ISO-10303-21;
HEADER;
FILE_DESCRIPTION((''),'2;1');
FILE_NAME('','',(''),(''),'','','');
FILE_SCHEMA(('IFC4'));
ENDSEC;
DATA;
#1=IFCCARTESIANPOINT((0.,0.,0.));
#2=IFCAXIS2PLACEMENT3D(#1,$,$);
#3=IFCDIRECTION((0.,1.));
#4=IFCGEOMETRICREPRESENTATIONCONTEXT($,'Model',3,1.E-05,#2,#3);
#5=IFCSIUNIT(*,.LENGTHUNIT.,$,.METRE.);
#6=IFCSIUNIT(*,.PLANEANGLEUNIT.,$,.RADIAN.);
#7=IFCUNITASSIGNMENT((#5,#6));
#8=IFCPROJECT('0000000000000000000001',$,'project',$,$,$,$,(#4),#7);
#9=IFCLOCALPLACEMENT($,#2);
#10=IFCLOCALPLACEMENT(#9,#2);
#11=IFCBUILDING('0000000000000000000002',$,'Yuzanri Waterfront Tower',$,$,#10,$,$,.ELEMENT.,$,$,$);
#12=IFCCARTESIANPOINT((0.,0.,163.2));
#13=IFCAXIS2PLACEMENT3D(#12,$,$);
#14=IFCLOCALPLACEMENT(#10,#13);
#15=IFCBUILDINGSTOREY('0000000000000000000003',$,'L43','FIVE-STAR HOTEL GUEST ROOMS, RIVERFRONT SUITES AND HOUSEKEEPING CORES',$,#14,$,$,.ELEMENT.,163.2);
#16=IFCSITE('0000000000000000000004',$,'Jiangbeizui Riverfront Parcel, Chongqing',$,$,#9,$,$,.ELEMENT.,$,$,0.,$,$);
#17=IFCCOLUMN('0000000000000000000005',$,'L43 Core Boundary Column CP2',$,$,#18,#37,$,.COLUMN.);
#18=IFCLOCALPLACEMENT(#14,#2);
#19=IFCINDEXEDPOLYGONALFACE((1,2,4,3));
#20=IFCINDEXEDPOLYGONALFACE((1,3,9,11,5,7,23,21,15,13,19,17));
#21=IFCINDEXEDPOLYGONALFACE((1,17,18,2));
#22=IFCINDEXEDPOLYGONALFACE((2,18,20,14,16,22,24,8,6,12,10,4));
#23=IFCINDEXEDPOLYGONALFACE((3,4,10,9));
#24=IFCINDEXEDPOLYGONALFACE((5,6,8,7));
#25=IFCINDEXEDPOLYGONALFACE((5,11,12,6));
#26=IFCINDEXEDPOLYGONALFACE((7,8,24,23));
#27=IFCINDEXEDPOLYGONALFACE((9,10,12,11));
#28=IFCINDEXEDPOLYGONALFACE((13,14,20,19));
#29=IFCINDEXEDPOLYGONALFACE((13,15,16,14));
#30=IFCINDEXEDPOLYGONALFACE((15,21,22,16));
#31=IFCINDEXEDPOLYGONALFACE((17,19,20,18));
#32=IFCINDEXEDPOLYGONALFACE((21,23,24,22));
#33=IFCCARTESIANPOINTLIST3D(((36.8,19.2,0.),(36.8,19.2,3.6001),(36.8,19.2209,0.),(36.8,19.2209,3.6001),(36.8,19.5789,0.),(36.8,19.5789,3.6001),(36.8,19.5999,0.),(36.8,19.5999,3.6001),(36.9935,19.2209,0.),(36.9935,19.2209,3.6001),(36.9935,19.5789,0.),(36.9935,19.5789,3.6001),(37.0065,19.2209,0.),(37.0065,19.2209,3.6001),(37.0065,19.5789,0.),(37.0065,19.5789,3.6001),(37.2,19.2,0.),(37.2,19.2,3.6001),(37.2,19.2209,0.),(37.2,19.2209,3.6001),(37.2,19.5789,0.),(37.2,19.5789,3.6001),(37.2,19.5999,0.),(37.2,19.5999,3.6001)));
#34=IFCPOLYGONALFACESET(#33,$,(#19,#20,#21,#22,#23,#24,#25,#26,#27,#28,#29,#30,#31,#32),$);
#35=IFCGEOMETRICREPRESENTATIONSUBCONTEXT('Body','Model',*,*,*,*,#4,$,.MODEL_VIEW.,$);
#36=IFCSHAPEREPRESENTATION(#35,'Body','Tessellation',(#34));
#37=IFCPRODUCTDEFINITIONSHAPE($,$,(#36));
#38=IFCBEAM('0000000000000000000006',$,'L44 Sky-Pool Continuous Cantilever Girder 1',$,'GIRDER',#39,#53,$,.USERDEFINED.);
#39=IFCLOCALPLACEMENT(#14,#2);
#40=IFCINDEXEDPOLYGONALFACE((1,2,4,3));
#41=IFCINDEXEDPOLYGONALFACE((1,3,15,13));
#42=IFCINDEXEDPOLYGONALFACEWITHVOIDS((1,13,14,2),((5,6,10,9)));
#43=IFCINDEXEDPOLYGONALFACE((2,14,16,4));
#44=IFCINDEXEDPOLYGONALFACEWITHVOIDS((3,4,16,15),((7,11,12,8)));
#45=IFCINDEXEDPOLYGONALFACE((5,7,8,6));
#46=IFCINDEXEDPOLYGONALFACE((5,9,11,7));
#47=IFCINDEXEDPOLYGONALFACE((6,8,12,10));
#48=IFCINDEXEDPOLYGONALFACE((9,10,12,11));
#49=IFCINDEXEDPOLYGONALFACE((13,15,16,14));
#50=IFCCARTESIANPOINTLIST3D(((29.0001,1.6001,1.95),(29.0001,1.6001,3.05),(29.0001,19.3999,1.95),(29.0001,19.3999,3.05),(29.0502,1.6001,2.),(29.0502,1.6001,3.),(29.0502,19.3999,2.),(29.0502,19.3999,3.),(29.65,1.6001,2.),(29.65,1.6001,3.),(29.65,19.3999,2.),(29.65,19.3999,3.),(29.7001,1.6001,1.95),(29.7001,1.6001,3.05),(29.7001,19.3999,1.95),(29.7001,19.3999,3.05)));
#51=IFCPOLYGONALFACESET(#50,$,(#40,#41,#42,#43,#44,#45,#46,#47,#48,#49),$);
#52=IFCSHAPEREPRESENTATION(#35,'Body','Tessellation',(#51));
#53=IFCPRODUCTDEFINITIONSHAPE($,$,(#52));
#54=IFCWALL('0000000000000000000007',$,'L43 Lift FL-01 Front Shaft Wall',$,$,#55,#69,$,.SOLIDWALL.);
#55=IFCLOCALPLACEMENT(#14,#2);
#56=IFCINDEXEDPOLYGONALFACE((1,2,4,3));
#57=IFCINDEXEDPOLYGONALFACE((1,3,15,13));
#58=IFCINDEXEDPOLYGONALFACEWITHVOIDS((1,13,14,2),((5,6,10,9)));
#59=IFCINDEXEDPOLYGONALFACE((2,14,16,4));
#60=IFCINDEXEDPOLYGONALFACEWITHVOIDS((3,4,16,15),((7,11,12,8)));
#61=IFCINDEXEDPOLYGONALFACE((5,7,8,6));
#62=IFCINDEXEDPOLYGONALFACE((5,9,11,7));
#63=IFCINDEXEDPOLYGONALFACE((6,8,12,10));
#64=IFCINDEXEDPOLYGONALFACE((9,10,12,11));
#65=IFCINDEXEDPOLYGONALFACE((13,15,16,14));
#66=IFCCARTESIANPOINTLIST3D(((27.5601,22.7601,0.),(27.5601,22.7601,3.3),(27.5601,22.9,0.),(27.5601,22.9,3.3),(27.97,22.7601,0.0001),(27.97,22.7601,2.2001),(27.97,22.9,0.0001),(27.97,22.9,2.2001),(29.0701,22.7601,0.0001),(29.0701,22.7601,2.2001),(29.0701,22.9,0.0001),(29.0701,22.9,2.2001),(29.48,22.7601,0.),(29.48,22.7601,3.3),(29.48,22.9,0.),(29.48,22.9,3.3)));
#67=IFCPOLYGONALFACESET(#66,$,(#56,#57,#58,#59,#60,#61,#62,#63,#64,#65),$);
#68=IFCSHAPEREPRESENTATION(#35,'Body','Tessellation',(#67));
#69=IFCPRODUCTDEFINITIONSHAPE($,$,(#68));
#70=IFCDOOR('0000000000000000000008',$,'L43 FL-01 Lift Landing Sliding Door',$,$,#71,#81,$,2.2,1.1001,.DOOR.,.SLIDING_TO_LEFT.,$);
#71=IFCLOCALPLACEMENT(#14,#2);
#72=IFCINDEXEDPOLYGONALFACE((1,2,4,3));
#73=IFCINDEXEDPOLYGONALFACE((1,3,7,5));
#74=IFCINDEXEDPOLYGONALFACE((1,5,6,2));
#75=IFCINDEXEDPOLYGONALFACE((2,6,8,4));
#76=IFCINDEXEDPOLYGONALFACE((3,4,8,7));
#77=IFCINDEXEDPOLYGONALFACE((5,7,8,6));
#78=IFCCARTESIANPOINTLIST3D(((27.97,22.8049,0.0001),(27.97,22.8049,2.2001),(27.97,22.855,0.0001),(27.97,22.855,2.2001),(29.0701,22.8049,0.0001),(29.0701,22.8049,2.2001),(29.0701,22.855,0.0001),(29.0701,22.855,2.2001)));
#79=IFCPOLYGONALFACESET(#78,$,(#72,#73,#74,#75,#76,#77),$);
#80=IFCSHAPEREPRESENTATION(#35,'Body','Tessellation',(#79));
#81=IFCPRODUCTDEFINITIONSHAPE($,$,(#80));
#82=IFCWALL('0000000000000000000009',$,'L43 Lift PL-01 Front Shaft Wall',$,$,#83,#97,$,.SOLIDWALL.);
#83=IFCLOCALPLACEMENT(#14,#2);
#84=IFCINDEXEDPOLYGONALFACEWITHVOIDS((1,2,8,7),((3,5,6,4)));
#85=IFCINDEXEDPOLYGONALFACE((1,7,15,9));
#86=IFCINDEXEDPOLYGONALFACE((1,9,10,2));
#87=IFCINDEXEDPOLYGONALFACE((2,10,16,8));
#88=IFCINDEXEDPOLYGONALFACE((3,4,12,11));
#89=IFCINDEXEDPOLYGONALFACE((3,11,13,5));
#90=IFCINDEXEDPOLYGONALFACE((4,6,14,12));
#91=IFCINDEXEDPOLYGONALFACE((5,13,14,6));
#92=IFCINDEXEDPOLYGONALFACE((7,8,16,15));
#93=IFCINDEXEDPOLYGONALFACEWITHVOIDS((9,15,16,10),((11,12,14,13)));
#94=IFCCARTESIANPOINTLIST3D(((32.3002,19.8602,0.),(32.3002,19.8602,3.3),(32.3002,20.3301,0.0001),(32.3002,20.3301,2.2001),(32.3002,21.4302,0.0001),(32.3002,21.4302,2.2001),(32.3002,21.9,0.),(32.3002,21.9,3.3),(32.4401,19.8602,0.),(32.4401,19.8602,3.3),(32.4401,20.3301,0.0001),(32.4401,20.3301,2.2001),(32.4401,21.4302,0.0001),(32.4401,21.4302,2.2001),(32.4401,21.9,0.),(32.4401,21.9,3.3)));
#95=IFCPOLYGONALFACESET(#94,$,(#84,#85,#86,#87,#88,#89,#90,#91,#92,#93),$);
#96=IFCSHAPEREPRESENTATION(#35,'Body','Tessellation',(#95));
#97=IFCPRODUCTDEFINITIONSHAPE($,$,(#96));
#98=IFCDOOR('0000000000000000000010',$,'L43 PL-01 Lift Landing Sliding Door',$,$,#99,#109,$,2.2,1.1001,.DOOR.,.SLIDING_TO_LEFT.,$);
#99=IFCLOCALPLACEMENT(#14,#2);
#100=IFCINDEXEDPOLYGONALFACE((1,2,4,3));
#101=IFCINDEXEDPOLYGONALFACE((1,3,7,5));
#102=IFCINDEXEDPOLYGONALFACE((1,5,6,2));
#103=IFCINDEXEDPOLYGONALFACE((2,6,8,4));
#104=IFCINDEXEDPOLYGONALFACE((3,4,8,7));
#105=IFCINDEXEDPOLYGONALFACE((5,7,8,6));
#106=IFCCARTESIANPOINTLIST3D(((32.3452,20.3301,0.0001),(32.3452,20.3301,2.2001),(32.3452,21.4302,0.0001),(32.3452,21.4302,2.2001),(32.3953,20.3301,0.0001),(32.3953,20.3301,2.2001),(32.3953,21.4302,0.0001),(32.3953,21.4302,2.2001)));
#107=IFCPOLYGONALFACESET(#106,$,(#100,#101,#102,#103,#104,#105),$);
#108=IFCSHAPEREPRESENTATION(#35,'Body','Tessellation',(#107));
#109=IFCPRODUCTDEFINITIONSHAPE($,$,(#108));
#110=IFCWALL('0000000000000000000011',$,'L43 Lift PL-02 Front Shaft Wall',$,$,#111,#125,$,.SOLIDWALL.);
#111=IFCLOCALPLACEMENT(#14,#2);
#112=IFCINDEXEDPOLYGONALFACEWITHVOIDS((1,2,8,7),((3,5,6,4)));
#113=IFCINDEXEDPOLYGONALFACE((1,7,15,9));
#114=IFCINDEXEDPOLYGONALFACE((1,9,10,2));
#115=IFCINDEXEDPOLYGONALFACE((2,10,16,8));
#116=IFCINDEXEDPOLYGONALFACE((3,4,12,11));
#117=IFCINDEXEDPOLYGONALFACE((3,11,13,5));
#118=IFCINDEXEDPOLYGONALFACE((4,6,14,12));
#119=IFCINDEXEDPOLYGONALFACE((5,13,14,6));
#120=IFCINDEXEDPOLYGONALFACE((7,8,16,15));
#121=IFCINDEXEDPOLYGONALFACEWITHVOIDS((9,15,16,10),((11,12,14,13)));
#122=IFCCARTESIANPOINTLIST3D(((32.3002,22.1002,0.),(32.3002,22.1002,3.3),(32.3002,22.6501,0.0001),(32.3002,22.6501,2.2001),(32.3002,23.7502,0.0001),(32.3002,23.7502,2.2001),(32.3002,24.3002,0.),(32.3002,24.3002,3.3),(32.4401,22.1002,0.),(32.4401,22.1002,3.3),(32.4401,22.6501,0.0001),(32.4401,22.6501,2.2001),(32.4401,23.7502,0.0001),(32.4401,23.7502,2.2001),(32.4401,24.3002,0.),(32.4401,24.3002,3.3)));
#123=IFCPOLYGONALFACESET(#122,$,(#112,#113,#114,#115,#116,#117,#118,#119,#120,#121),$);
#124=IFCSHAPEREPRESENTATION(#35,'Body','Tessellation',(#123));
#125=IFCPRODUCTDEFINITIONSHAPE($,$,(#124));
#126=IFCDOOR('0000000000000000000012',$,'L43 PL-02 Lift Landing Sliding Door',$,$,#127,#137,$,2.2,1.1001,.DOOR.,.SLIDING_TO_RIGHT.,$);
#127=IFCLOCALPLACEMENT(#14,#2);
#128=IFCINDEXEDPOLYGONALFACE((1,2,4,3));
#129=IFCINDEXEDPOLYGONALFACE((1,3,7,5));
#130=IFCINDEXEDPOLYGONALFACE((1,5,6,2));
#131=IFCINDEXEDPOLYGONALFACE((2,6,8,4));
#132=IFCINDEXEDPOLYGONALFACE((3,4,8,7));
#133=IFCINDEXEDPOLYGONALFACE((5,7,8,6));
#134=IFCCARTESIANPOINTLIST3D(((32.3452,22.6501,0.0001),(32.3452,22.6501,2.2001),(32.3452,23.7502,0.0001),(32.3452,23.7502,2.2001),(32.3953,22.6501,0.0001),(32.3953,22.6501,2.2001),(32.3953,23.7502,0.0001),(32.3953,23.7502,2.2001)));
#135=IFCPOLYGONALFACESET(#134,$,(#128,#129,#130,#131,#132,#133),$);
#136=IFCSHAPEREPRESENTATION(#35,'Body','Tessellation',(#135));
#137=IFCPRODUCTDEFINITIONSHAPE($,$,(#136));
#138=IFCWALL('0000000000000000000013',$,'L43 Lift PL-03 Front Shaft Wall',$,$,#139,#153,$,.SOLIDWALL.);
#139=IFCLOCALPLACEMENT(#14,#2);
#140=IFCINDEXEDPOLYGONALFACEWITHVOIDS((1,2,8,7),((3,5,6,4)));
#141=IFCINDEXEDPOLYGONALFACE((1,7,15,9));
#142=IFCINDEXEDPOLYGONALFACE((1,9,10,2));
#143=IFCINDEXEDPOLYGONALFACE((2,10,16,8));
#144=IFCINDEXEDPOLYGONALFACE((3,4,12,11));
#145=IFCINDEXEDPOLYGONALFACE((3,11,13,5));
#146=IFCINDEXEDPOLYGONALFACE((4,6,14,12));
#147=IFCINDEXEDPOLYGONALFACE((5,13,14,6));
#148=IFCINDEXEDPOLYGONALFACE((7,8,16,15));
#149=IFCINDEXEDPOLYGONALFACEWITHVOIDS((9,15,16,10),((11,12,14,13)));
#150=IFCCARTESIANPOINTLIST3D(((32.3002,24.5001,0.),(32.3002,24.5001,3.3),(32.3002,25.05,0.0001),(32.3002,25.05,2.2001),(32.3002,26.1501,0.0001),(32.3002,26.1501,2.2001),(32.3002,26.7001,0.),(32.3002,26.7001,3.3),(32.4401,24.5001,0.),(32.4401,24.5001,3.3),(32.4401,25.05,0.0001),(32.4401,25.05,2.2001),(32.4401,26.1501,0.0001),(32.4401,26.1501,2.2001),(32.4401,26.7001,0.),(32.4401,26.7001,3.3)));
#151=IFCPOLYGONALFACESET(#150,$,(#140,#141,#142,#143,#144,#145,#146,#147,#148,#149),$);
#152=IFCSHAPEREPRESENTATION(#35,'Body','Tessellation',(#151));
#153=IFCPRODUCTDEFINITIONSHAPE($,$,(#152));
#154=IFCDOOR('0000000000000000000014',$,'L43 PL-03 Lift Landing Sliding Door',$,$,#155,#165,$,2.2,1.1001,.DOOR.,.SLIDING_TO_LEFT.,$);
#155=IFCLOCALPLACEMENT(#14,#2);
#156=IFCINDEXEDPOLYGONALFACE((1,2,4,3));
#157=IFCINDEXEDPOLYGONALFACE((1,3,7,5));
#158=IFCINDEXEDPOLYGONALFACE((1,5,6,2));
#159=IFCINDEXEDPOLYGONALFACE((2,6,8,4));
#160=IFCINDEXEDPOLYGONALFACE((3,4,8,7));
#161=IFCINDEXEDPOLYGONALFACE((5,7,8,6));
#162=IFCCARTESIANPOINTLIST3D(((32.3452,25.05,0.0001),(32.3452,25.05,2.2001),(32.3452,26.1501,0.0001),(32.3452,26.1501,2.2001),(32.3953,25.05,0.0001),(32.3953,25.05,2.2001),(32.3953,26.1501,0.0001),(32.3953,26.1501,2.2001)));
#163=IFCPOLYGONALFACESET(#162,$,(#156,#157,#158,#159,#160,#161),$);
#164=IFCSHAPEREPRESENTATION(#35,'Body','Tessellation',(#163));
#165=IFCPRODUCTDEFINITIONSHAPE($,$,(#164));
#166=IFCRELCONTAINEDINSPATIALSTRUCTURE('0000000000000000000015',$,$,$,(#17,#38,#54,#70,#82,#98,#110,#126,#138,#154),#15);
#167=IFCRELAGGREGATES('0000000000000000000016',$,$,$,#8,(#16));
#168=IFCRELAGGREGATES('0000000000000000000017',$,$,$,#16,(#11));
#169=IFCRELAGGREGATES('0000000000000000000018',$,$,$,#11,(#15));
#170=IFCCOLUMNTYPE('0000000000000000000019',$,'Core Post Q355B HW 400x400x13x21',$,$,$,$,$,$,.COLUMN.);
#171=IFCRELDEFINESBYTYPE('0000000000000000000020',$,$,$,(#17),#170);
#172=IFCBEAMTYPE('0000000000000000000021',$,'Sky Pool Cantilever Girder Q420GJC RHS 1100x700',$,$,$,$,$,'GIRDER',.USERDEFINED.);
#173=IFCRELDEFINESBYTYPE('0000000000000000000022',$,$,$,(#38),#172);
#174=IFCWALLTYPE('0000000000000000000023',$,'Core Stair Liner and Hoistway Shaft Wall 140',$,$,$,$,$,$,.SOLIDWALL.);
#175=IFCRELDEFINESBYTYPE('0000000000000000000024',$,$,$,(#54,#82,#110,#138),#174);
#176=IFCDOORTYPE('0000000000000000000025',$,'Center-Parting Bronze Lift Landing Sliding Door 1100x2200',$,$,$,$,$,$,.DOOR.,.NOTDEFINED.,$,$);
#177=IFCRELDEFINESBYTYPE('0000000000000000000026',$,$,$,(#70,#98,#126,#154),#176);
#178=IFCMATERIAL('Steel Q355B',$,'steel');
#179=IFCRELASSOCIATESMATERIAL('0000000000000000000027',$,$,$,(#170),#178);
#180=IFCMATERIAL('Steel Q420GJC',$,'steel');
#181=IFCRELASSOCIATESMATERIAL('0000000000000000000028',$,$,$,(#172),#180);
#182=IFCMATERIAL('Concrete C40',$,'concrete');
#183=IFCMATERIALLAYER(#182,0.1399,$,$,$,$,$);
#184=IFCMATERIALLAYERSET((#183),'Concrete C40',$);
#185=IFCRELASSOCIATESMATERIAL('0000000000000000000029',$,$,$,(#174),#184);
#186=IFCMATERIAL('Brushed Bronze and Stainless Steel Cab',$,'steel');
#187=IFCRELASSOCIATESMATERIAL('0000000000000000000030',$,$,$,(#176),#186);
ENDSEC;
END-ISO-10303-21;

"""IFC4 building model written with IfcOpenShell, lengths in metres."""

from ifc_helpers import new_model, si_unit, direction, frame, frame_2d, origin, origin_2d, place, context, subcontext, project, spatial, rectangle, hollow_rectangle, i_section, extrude, source, transform, mapped, material, layer, layer_set, material_profile, profile_set, type_object, element, fill, save


model = new_model("IFC4")

# Units and contexts
model_context = context("Model", 3, precision=1e-05, world=origin(), true_north=direction((0.0, 1.0)))
body_context = subcontext(model_context, "Body", "Model", "MODEL_VIEW")
ifc_project = project(units=[si_unit("LENGTHUNIT", "METRE"), si_unit("PLANEANGLEUNIT", "RADIAN")], contexts=[model_context])

# Site, building, storey
site_placement = place(None, origin())
site = spatial("IfcSite", under=ifc_project, at=site_placement, Name="Jiangbeizui Riverfront Parcel, Chongqing", CompositionType="ELEMENT", RefElevation=0.0)
building_placement = place(site_placement, origin())
building = spatial("IfcBuilding", under=site, at=building_placement, Name="Yuzanri Waterfront Tower", CompositionType="ELEMENT")
storey_placement = place(building_placement, frame((0.0, 0.0, 163.2)))
storey = spatial("IfcBuildingStorey", under=building, at=storey_placement, Name="L43", Description="FIVE-STAR HOTEL GUEST ROOMS, RIVERFRONT SUITES AND HOUSEKEEPING CORES", CompositionType="ELEMENT", Elevation=163.2)

# Column
ifc_material_1 = material(Name="Steel Q355B", Category="steel")
ifc_material_profile_1 = material_profile(ifc_material_1, i_section(OverallWidth=0.3999, OverallDepth=0.3999, WebThickness=0.0129, FlangeThickness=0.021, at=origin_2d()), Name="HW 400x400x13x21")
ifc_profile_set_1 = profile_set([ifc_material_profile_1], Name="Steel Q355B")
column_type = type_object("IfcColumnType", Name="Core Post Q355B HW 400x400x13x21", PredefinedType="COLUMN", material=ifc_profile_set_1)
shared_shape_1 = source(origin(), body_context, "Body", "SweptSolid", [
    extrude(i_section(OverallWidth=0.3999, OverallDepth=0.3999, WebThickness=0.0129, FlangeThickness=0.021, at=origin_2d()), origin(), (0.0, 0.0, 1.0), 3.6001),
])
column_placement = place(storey_placement, frame((37.0, 19.3999, 0.0), z_axis=(0.0, 0.0, 1.0), x_axis=(1.0, 0.0, 0.0)))
element("IfcColumn", 1, at=column_placement, inside=storey, type_object=column_type, Name="L43 Core Boundary Column CP2", PredefinedType="COLUMN", context=body_context, shape_type="MappedRepresentation", body=[
    mapped(shared_shape_1, transform((0.0, 0.0, 0.0), scale=1.0)),
])

# Beam
ifc_material_2 = material(Name="Steel Q420GJC", Category="steel")
ifc_material_profile_2 = material_profile(ifc_material_2, hollow_rectangle(XDim=0.7, YDim=1.1001, WallThickness=0.05, at=origin_2d()), Name="RHS 1100x700x50")
ifc_profile_set_2 = profile_set([ifc_material_profile_2], Name="Steel Q420GJC")
beam_type = type_object("IfcBeamType", Name="Sky Pool Cantilever Girder Q420GJC RHS 1100x700", ElementType="GIRDER", PredefinedType="USERDEFINED", material=ifc_profile_set_2)
shared_shape_2 = source(origin(), body_context, "Body", "SweptSolid", [
    extrude(hollow_rectangle(XDim=0.7, YDim=1.1001, WallThickness=0.05, at=origin_2d()), origin(), (0.0, 0.0, 1.0), 17.7998),
])
beam_placement = place(storey_placement, frame((29.3501, 19.3999, 2.5), z_axis=(0.0, -1.0, 0.0), x_axis=(1.0, 0.0, 0.0)))
element("IfcBeam", 2, at=beam_placement, inside=storey, type_object=beam_type, Name="L44 Sky-Pool Continuous Cantilever Girder 1", ObjectType="GIRDER", PredefinedType="USERDEFINED", context=body_context, shape_type="MappedRepresentation", body=[
    mapped(shared_shape_2, transform((0.0, 0.0, 0.0), scale=1.0)),
])

# Walls, openings, doors
ifc_material_3 = material(Name="Concrete C40", Category="concrete")
ifc_layer_1 = layer(ifc_material_3, 0.1399)
ifc_layer_set_1 = layer_set([ifc_layer_1], Name="Concrete C40")
wall_type_1 = type_object("IfcWallType", Name="Core Stair Liner and Hoistway Shaft Wall 140", PredefinedType="SOLIDWALL", material=ifc_layer_set_1)
wall_1_placement = place(storey_placement, frame((27.5601, 22.8301, 0.0), z_axis=(0.0, 0.0, 1.0), x_axis=(1.0, 0.0, 0.0)))
wall_1 = element("IfcWall", 3, at=wall_1_placement, inside=storey, type_object=wall_type_1, Name="L43 Lift FL-01 Front Shaft Wall", PredefinedType="SOLIDWALL", context=body_context, shape_type="SweptSolid", body=[
    extrude(rectangle(XDim=1.9199, YDim=0.1399, at=frame_2d((0.96, 0.0))), origin(), (0.0, 0.0, 1.0), 3.3),
])
opening_1_placement = place(wall_1_placement, frame((0.4099, 0.0, 0.0)))
opening_1 = element("IfcOpeningElement", 4, at=opening_1_placement, cuts=wall_1, PredefinedType="OPENING", context=body_context, shape_type="SweptSolid", body=[
    extrude(rectangle(XDim=1.1001, YDim=2.2, at=frame_2d((0.55, 1.1001))), frame((0.0, 0.085, 0.0), z_axis=(0.0, -1.0, 0.0), x_axis=(1.0, 0.0, 0.0)), (0.0, 0.0, 1.0), 0.1697),
])
ifc_material_4 = material(Name="Brushed Bronze and Stainless Steel Cab", Category="steel")
door_type_1 = type_object("IfcDoorType", Name="Center-Parting Bronze Lift Landing Sliding Door 1100x2200", OperationType="NOTDEFINED", PredefinedType="DOOR", material=ifc_material_4)
shared_shape_3 = source(origin(), body_context, "Body", "SweptSolid", [
    extrude(rectangle(XDim=1.1001, YDim=2.2, at=frame_2d((0.55, 1.1001))), frame((0.0, 0.0249, 0.0), z_axis=(0.0, -1.0, 0.0), x_axis=(1.0, 0.0, 0.0)), (0.0, 0.0, 1.0), 0.05),
])
door_1_placement = place(opening_1_placement, origin())
door_1 = element("IfcDoor", 5, at=door_1_placement, inside=storey, type_object=door_type_1, Name="L43 FL-01 Lift Landing Sliding Door", OperationType="SLIDING_TO_LEFT", OverallHeight=2.2, OverallWidth=1.1001, PredefinedType="DOOR", context=body_context, shape_type="MappedRepresentation", body=[
    mapped(shared_shape_3, transform((0.0, 0.0, 0.0), scale=1.0)),
])
fill(opening_1, door_1)
wall_2_placement = place(storey_placement, frame((32.3701, 19.8601, 0.0), z_axis=(0.0, 0.0, 1.0), x_axis=(0.0, 1.0, 0.0)))
wall_2 = element("IfcWall", 6, at=wall_2_placement, inside=storey, type_object=wall_type_1, Name="L43 Lift PL-01 Front Shaft Wall", PredefinedType="SOLIDWALL", context=body_context, shape_type="SweptSolid", body=[
    extrude(rectangle(XDim=2.0398, YDim=0.1399, at=frame_2d((1.02, 0.0))), origin(), (0.0, 0.0, 1.0), 3.3),
])
opening_2_placement = place(wall_2_placement, frame((0.47, 0.0, 0.0)))
opening_2 = element("IfcOpeningElement", 7, at=opening_2_placement, cuts=wall_2, PredefinedType="OPENING", context=body_context, shape_type="SweptSolid", body=[
    extrude(rectangle(XDim=1.1001, YDim=2.2, at=frame_2d((0.55, 1.1001))), frame((0.0, 0.085, 0.0), z_axis=(0.0, -1.0, 0.0), x_axis=(1.0, 0.0, 0.0)), (0.0, 0.0, 1.0), 0.1697),
])
door_2_placement = place(opening_2_placement, origin())
door_2 = element("IfcDoor", 8, at=door_2_placement, inside=storey, type_object=door_type_1, Name="L43 PL-01 Lift Landing Sliding Door", OperationType="SLIDING_TO_LEFT", OverallHeight=2.2, OverallWidth=1.1001, PredefinedType="DOOR", context=body_context, shape_type="MappedRepresentation", body=[
    mapped(shared_shape_3, transform((0.0, 0.0, 0.0), scale=1.0)),
])
fill(opening_2, door_2)
wall_3_placement = place(storey_placement, frame((32.3701, 22.1001, 0.0), z_axis=(0.0, 0.0, 1.0), x_axis=(0.0, 1.0, 0.0)))
wall_3 = element("IfcWall", 9, at=wall_3_placement, inside=storey, type_object=wall_type_1, Name="L43 Lift PL-02 Front Shaft Wall", PredefinedType="SOLIDWALL", context=body_context, shape_type="SweptSolid", body=[
    extrude(rectangle(XDim=2.2, YDim=0.1399, at=frame_2d((1.1001, 0.0))), origin(), (0.0, 0.0, 1.0), 3.3),
])
opening_3_placement = place(wall_3_placement, frame((0.55, 0.0, 0.0)))
opening_3 = element("IfcOpeningElement", 10, at=opening_3_placement, cuts=wall_3, PredefinedType="OPENING", context=body_context, shape_type="SweptSolid", body=[
    extrude(rectangle(XDim=1.1001, YDim=2.2, at=frame_2d((0.55, 1.1001))), frame((0.0, 0.085, 0.0), z_axis=(0.0, -1.0, 0.0), x_axis=(1.0, 0.0, 0.0)), (0.0, 0.0, 1.0), 0.1697),
])
door_3_placement = place(opening_3_placement, origin())
door_3 = element("IfcDoor", 11, at=door_3_placement, inside=storey, type_object=door_type_1, Name="L43 PL-02 Lift Landing Sliding Door", OperationType="SLIDING_TO_RIGHT", OverallHeight=2.2, OverallWidth=1.1001, PredefinedType="DOOR", context=body_context, shape_type="MappedRepresentation", body=[
    mapped(shared_shape_3, transform((0.0, 0.0, 0.0), scale=1.0)),
])
fill(opening_3, door_3)
wall_4_placement = place(storey_placement, frame((32.3701, 24.5, 0.0), z_axis=(0.0, 0.0, 1.0), x_axis=(0.0, 1.0, 0.0)))
wall_4 = element("IfcWall", 12, at=wall_4_placement, inside=storey, type_object=wall_type_1, Name="L43 Lift PL-03 Front Shaft Wall", PredefinedType="SOLIDWALL", context=body_context, shape_type="SweptSolid", body=[
    extrude(rectangle(XDim=2.2, YDim=0.1399, at=frame_2d((1.1001, 0.0))), origin(), (0.0, 0.0, 1.0), 3.3),
])
opening_4_placement = place(wall_4_placement, frame((0.55, 0.0, 0.0)))
opening_4 = element("IfcOpeningElement", 13, at=opening_4_placement, cuts=wall_4, PredefinedType="OPENING", context=body_context, shape_type="SweptSolid", body=[
    extrude(rectangle(XDim=1.1001, YDim=2.2, at=frame_2d((0.55, 1.1001))), frame((0.0, 0.085, 0.0), z_axis=(0.0, -1.0, 0.0), x_axis=(1.0, 0.0, 0.0)), (0.0, 0.0, 1.0), 0.1697),
])
door_4_placement = place(opening_4_placement, origin())
door_4 = element("IfcDoor", 14, at=door_4_placement, inside=storey, type_object=door_type_1, Name="L43 PL-03 Lift Landing Sliding Door", OperationType="SLIDING_TO_LEFT", OverallHeight=2.2, OverallWidth=1.1001, PredefinedType="DOOR", context=body_context, shape_type="MappedRepresentation", body=[
    mapped(shared_shape_3, transform((0.0, 0.0, 0.0), scale=1.0)),
])
fill(opening_4, door_4)

save(model, "model.ifc")
